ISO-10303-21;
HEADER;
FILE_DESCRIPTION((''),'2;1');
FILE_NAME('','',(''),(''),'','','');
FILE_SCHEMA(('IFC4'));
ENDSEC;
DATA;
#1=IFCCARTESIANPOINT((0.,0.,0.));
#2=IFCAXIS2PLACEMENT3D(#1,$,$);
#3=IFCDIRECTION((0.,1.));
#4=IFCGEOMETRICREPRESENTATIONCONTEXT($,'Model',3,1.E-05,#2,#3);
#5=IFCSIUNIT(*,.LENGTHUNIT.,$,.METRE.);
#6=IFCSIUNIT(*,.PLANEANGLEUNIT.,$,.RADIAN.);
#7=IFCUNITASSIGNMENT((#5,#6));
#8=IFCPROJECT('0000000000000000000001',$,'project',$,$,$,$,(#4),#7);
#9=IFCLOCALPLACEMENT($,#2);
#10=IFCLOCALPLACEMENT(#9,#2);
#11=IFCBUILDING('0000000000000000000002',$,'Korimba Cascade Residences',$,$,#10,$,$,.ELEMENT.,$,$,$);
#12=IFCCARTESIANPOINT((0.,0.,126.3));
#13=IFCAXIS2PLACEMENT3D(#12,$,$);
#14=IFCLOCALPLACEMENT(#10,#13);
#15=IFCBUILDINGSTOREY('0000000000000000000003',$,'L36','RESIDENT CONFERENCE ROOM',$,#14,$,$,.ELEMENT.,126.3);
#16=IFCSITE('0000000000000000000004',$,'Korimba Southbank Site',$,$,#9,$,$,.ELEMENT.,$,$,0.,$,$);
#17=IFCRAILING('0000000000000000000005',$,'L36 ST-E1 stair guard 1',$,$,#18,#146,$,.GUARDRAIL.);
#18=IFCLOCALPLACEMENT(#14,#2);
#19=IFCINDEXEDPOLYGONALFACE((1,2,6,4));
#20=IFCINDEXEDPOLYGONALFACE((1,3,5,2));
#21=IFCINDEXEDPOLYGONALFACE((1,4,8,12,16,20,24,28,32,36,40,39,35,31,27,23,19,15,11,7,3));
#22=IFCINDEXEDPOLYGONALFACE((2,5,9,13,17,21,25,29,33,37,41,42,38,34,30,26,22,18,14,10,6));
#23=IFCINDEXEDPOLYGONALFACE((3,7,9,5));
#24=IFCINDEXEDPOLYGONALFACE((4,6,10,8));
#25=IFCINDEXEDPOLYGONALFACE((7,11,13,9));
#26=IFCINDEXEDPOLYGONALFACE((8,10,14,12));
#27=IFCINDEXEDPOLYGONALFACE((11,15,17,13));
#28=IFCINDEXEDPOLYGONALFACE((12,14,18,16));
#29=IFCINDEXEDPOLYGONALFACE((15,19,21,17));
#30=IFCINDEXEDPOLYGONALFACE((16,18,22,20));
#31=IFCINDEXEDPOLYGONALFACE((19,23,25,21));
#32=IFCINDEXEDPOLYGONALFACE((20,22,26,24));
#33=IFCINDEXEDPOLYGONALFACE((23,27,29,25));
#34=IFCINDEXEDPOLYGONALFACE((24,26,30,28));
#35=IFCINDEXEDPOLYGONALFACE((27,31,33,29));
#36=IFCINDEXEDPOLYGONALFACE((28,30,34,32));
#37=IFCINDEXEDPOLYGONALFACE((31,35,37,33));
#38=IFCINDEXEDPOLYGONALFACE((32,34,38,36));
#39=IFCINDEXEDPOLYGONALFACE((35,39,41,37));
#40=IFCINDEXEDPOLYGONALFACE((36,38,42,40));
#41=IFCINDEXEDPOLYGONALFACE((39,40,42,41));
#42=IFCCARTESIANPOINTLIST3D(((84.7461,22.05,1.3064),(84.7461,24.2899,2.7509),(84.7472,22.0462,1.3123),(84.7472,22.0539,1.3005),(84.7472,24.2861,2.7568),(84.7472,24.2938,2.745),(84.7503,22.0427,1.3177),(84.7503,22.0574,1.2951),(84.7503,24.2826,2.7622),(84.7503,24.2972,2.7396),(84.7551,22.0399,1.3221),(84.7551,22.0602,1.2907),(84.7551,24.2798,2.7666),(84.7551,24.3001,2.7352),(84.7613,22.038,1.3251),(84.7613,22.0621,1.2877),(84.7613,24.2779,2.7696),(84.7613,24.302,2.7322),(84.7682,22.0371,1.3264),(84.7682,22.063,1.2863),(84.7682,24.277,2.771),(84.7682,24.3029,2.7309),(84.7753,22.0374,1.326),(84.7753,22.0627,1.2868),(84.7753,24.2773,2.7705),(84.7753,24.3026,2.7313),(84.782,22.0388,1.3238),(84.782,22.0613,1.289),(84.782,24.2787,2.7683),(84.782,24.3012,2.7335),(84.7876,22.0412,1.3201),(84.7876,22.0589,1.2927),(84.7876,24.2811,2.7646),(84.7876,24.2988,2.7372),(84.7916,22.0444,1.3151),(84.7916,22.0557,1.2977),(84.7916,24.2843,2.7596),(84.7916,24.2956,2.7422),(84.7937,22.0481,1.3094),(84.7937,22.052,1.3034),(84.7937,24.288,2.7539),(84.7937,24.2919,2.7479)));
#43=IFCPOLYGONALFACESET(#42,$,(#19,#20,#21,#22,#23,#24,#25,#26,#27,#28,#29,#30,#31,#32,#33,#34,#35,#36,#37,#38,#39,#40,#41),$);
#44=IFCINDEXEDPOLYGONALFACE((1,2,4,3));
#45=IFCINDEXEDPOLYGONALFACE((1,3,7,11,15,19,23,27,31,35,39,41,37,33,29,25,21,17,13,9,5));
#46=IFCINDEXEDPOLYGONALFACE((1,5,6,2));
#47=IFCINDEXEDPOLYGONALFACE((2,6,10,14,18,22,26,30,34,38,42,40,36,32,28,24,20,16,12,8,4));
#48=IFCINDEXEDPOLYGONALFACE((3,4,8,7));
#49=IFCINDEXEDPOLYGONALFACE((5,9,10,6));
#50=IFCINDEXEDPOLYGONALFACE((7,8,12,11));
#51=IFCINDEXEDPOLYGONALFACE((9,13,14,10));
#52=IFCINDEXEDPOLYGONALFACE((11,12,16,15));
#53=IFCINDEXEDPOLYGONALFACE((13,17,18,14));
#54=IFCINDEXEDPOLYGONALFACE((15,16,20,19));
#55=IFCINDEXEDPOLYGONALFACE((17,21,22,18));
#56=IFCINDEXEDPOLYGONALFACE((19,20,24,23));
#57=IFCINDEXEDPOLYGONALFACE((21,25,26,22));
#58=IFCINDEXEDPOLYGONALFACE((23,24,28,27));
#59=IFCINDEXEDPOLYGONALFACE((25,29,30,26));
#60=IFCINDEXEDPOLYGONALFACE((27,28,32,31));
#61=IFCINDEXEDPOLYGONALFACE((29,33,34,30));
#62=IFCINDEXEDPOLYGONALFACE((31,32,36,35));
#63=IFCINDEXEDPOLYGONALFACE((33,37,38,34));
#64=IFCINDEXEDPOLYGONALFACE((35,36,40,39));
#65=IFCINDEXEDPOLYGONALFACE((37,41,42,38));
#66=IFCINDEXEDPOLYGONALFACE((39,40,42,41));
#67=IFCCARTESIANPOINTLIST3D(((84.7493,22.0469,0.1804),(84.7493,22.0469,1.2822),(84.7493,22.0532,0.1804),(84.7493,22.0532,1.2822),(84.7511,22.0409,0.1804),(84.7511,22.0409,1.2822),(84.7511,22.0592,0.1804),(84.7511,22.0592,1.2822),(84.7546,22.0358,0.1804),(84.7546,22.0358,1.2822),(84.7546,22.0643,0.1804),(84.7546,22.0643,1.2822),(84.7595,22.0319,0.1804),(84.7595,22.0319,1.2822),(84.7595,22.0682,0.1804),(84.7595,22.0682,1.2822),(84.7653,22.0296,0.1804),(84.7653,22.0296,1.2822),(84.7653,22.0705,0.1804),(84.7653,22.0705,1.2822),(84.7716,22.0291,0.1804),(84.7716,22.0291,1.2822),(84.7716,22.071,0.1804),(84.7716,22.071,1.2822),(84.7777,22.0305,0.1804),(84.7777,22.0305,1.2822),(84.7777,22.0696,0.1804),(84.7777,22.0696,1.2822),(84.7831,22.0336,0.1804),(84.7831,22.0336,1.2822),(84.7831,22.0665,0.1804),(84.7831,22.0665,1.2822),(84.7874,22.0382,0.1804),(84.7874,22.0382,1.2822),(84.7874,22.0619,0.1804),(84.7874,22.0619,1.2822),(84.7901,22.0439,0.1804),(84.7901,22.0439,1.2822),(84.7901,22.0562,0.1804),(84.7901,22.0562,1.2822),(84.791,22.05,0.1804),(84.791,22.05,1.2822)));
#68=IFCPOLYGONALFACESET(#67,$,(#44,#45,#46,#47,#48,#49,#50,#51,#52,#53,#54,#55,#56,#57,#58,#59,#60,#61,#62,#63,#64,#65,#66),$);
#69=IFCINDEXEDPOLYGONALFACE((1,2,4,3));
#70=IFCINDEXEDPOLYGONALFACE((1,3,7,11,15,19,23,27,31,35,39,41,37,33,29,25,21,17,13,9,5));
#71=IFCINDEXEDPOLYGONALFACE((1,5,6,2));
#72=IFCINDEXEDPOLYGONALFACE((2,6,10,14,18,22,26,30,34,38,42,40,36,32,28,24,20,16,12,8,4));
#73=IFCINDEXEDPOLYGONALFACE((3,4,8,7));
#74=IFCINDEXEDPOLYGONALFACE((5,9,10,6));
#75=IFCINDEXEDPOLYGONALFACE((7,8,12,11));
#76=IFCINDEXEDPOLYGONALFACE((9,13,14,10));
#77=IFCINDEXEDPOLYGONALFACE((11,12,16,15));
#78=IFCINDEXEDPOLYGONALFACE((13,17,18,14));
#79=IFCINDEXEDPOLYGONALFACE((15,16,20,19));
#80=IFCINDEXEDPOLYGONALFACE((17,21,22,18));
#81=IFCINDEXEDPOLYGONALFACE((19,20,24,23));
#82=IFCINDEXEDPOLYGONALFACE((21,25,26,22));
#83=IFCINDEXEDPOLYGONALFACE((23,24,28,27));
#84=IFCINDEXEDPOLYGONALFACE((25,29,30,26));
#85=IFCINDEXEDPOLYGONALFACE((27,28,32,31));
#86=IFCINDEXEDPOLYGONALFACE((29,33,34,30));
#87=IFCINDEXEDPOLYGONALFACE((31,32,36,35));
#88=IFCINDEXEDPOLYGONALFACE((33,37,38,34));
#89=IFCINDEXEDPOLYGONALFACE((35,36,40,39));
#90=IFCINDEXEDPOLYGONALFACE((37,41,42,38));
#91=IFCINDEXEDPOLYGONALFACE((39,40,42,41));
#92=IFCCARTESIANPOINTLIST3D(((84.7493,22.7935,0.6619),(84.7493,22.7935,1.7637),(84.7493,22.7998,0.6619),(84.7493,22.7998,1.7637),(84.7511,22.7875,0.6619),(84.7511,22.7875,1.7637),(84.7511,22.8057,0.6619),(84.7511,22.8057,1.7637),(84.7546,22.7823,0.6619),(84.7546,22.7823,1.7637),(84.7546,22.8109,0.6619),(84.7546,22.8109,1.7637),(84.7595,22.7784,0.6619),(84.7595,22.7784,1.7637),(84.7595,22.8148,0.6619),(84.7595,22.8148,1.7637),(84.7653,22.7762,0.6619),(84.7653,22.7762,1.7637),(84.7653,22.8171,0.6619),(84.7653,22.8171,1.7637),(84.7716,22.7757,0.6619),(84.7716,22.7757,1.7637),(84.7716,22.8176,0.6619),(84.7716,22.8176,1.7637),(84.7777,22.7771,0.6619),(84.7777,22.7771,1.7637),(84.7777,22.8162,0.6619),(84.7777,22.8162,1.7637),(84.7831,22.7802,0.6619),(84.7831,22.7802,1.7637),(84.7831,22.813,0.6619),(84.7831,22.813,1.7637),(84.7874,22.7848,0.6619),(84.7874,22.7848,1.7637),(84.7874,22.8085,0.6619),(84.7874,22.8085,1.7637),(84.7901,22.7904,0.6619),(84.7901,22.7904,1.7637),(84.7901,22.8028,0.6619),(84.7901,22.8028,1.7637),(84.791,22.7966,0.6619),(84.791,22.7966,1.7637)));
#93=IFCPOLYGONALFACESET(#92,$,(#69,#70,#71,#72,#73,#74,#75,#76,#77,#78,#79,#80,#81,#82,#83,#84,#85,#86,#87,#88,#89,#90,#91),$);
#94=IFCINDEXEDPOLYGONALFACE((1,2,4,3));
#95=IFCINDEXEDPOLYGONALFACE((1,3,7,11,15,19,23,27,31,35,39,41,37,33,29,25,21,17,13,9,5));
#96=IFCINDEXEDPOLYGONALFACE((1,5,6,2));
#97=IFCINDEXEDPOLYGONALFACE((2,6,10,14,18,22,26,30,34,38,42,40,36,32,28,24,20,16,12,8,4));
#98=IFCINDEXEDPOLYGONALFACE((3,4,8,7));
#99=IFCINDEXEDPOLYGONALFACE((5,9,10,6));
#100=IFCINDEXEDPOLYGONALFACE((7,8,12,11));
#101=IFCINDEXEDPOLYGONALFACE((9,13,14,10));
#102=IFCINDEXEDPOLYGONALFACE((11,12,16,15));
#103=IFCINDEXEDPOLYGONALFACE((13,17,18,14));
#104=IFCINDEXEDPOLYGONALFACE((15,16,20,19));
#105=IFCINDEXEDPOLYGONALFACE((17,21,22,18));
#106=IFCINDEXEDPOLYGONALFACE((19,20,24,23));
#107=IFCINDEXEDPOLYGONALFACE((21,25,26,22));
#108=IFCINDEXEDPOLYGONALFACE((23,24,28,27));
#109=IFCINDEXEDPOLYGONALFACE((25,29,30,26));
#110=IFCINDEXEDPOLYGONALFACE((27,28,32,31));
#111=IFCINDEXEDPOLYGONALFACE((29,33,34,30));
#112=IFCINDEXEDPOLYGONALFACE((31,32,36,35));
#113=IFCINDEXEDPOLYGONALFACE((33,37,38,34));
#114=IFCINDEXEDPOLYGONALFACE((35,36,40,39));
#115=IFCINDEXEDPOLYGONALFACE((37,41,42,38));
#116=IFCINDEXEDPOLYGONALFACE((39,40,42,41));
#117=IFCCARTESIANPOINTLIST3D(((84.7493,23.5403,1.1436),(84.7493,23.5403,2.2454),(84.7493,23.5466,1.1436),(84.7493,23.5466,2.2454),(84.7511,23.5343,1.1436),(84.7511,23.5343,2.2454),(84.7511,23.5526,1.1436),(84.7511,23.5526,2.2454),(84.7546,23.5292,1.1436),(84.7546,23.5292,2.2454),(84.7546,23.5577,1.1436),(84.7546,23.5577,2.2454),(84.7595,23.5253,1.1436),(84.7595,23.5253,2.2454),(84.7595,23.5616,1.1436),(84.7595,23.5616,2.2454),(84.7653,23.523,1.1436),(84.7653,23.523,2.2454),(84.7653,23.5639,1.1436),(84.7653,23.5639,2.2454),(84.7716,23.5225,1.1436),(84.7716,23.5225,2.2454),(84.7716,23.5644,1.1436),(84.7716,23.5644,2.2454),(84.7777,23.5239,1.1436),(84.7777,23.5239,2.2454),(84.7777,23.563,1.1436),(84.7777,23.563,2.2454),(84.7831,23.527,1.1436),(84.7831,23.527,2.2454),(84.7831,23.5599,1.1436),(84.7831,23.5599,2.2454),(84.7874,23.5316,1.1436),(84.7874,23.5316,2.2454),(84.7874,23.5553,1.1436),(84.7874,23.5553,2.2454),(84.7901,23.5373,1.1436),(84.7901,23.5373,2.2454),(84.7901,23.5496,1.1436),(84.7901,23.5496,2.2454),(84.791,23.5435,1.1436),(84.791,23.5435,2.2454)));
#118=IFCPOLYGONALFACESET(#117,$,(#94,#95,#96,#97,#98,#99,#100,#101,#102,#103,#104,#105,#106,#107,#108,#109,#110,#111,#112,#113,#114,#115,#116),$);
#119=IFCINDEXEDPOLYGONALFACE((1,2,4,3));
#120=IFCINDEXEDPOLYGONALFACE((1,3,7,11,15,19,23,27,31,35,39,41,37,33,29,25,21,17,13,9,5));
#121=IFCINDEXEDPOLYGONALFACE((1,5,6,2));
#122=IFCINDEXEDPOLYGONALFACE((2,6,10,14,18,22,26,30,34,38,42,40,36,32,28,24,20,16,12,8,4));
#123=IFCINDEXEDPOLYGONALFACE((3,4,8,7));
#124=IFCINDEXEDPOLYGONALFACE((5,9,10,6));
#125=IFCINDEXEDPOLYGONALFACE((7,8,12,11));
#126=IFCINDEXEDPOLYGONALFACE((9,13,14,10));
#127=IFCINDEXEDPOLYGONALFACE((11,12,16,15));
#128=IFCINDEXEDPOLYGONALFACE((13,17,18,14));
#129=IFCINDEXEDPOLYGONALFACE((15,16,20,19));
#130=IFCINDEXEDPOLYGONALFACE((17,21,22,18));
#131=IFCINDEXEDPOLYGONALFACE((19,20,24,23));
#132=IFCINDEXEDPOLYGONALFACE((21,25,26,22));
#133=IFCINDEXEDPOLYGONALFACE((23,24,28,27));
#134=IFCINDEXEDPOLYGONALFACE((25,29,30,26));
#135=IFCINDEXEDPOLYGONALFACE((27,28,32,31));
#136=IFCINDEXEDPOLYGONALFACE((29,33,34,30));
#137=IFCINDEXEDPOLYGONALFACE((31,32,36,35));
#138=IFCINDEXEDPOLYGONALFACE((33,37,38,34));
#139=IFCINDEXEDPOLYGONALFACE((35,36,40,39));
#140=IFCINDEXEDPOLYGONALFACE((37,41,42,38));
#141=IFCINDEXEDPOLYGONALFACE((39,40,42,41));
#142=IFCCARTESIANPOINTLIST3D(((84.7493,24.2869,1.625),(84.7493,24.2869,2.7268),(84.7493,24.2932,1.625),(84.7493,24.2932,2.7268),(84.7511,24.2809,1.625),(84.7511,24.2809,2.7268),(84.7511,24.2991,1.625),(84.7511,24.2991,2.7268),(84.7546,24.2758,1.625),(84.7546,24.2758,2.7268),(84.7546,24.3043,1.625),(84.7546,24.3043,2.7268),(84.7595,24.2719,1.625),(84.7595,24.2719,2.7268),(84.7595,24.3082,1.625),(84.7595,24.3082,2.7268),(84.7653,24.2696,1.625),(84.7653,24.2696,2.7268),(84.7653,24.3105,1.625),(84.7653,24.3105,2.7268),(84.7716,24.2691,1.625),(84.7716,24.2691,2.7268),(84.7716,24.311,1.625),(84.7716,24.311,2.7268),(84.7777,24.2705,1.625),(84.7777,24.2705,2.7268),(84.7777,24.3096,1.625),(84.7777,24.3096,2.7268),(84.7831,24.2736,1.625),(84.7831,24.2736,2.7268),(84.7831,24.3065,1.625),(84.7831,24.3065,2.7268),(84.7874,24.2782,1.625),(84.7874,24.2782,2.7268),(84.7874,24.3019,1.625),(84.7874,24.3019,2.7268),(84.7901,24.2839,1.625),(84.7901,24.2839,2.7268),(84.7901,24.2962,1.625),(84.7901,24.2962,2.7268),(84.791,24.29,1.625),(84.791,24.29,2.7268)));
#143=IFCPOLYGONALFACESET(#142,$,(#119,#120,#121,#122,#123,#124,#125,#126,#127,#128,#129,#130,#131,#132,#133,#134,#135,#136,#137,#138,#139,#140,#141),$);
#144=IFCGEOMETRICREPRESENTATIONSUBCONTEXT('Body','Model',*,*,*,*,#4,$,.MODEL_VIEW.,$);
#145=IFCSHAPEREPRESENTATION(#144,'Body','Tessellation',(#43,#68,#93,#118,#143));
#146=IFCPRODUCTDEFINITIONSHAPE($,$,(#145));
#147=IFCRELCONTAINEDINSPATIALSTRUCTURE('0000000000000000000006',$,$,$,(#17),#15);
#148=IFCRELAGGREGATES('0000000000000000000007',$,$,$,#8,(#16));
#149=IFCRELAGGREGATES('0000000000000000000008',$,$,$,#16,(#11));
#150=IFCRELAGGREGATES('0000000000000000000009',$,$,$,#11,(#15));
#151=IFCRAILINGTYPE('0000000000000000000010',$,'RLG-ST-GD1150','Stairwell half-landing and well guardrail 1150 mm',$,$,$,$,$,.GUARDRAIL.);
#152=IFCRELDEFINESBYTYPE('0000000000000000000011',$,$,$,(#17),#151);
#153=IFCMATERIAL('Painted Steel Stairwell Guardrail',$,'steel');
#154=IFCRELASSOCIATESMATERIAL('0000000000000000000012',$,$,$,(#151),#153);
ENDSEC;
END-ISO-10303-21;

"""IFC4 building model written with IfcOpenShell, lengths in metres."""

from ifc_helpers import new_model, si_unit, direction, frame, origin, origin_2d, place, context, subcontext, project, spatial, circle, extrude, material, type_object, element, save


model = new_model("IFC4")

# Units and contexts
model_context = context("Model", 3, precision=1e-05, world=origin(), true_north=direction((0.0, 1.0)))
body_context = subcontext(model_context, "Body", "Model", "MODEL_VIEW")
ifc_project = project(units=[si_unit("LENGTHUNIT", "METRE"), si_unit("PLANEANGLEUNIT", "RADIAN")], contexts=[model_context])

# Site, building, storey
site_placement = place(None, origin())
site = spatial("IfcSite", under=ifc_project, at=site_placement, Name="Korimba Southbank Site", CompositionType="ELEMENT", RefElevation=0.0)
building_placement = place(site_placement, origin())
building = spatial("IfcBuilding", under=site, at=building_placement, Name="Korimba Cascade Residences", CompositionType="ELEMENT")
storey_placement = place(building_placement, frame((0.0, 0.0, 126.3)))
storey = spatial("IfcBuildingStorey", under=building, at=storey_placement, Name="L36", Description="RESIDENT CONFERENCE ROOM", CompositionType="ELEMENT", Elevation=126.3)

# Railing
ifc_material_1 = material(Name="Painted Steel Stairwell Guardrail", Category="steel")
railing_type_1 = type_object("IfcRailingType", Name="RLG-ST-GD1150", Description="Stairwell half-landing and well guardrail 1150 mm", PredefinedType="GUARDRAIL", material=ifc_material_1)
railing_1_placement = place(storey_placement, frame((84.77, 22.05, 0.1804)))
element("IfcRailing", 1, at=railing_1_placement, inside=storey, type_object=railing_type_1, Name="L36 ST-E1 stair guard 1", PredefinedType="GUARDRAIL", context=body_context, shape_type="SweptSolid", body=[
    extrude(circle(Radius=0.0239, at=origin_2d()), frame((0.0, 0.0, 1.126), z_axis=(0.0, 0.840395, 0.541975), x_axis=(-1.0, 0.0, 0.0)), (0.0, 0.0, 1.0), 2.6653),
    extrude(circle(Radius=0.021, at=origin_2d()), origin(), (0.0, 0.0, 1.0), 1.1018),
    extrude(circle(Radius=0.021, at=origin_2d()), frame((0.0, 0.7466, 0.4814)), (0.0, 0.0, 1.0), 1.1018),
    extrude(circle(Radius=0.021, at=origin_2d()), frame((0.0, 1.4934, 0.9631)), (0.0, 0.0, 1.0), 1.1018),
    extrude(circle(Radius=0.021, at=origin_2d()), frame((0.0, 2.24, 1.4446)), (0.0, 0.0, 1.0), 1.1018),
])

save(model, "model.ifc")
